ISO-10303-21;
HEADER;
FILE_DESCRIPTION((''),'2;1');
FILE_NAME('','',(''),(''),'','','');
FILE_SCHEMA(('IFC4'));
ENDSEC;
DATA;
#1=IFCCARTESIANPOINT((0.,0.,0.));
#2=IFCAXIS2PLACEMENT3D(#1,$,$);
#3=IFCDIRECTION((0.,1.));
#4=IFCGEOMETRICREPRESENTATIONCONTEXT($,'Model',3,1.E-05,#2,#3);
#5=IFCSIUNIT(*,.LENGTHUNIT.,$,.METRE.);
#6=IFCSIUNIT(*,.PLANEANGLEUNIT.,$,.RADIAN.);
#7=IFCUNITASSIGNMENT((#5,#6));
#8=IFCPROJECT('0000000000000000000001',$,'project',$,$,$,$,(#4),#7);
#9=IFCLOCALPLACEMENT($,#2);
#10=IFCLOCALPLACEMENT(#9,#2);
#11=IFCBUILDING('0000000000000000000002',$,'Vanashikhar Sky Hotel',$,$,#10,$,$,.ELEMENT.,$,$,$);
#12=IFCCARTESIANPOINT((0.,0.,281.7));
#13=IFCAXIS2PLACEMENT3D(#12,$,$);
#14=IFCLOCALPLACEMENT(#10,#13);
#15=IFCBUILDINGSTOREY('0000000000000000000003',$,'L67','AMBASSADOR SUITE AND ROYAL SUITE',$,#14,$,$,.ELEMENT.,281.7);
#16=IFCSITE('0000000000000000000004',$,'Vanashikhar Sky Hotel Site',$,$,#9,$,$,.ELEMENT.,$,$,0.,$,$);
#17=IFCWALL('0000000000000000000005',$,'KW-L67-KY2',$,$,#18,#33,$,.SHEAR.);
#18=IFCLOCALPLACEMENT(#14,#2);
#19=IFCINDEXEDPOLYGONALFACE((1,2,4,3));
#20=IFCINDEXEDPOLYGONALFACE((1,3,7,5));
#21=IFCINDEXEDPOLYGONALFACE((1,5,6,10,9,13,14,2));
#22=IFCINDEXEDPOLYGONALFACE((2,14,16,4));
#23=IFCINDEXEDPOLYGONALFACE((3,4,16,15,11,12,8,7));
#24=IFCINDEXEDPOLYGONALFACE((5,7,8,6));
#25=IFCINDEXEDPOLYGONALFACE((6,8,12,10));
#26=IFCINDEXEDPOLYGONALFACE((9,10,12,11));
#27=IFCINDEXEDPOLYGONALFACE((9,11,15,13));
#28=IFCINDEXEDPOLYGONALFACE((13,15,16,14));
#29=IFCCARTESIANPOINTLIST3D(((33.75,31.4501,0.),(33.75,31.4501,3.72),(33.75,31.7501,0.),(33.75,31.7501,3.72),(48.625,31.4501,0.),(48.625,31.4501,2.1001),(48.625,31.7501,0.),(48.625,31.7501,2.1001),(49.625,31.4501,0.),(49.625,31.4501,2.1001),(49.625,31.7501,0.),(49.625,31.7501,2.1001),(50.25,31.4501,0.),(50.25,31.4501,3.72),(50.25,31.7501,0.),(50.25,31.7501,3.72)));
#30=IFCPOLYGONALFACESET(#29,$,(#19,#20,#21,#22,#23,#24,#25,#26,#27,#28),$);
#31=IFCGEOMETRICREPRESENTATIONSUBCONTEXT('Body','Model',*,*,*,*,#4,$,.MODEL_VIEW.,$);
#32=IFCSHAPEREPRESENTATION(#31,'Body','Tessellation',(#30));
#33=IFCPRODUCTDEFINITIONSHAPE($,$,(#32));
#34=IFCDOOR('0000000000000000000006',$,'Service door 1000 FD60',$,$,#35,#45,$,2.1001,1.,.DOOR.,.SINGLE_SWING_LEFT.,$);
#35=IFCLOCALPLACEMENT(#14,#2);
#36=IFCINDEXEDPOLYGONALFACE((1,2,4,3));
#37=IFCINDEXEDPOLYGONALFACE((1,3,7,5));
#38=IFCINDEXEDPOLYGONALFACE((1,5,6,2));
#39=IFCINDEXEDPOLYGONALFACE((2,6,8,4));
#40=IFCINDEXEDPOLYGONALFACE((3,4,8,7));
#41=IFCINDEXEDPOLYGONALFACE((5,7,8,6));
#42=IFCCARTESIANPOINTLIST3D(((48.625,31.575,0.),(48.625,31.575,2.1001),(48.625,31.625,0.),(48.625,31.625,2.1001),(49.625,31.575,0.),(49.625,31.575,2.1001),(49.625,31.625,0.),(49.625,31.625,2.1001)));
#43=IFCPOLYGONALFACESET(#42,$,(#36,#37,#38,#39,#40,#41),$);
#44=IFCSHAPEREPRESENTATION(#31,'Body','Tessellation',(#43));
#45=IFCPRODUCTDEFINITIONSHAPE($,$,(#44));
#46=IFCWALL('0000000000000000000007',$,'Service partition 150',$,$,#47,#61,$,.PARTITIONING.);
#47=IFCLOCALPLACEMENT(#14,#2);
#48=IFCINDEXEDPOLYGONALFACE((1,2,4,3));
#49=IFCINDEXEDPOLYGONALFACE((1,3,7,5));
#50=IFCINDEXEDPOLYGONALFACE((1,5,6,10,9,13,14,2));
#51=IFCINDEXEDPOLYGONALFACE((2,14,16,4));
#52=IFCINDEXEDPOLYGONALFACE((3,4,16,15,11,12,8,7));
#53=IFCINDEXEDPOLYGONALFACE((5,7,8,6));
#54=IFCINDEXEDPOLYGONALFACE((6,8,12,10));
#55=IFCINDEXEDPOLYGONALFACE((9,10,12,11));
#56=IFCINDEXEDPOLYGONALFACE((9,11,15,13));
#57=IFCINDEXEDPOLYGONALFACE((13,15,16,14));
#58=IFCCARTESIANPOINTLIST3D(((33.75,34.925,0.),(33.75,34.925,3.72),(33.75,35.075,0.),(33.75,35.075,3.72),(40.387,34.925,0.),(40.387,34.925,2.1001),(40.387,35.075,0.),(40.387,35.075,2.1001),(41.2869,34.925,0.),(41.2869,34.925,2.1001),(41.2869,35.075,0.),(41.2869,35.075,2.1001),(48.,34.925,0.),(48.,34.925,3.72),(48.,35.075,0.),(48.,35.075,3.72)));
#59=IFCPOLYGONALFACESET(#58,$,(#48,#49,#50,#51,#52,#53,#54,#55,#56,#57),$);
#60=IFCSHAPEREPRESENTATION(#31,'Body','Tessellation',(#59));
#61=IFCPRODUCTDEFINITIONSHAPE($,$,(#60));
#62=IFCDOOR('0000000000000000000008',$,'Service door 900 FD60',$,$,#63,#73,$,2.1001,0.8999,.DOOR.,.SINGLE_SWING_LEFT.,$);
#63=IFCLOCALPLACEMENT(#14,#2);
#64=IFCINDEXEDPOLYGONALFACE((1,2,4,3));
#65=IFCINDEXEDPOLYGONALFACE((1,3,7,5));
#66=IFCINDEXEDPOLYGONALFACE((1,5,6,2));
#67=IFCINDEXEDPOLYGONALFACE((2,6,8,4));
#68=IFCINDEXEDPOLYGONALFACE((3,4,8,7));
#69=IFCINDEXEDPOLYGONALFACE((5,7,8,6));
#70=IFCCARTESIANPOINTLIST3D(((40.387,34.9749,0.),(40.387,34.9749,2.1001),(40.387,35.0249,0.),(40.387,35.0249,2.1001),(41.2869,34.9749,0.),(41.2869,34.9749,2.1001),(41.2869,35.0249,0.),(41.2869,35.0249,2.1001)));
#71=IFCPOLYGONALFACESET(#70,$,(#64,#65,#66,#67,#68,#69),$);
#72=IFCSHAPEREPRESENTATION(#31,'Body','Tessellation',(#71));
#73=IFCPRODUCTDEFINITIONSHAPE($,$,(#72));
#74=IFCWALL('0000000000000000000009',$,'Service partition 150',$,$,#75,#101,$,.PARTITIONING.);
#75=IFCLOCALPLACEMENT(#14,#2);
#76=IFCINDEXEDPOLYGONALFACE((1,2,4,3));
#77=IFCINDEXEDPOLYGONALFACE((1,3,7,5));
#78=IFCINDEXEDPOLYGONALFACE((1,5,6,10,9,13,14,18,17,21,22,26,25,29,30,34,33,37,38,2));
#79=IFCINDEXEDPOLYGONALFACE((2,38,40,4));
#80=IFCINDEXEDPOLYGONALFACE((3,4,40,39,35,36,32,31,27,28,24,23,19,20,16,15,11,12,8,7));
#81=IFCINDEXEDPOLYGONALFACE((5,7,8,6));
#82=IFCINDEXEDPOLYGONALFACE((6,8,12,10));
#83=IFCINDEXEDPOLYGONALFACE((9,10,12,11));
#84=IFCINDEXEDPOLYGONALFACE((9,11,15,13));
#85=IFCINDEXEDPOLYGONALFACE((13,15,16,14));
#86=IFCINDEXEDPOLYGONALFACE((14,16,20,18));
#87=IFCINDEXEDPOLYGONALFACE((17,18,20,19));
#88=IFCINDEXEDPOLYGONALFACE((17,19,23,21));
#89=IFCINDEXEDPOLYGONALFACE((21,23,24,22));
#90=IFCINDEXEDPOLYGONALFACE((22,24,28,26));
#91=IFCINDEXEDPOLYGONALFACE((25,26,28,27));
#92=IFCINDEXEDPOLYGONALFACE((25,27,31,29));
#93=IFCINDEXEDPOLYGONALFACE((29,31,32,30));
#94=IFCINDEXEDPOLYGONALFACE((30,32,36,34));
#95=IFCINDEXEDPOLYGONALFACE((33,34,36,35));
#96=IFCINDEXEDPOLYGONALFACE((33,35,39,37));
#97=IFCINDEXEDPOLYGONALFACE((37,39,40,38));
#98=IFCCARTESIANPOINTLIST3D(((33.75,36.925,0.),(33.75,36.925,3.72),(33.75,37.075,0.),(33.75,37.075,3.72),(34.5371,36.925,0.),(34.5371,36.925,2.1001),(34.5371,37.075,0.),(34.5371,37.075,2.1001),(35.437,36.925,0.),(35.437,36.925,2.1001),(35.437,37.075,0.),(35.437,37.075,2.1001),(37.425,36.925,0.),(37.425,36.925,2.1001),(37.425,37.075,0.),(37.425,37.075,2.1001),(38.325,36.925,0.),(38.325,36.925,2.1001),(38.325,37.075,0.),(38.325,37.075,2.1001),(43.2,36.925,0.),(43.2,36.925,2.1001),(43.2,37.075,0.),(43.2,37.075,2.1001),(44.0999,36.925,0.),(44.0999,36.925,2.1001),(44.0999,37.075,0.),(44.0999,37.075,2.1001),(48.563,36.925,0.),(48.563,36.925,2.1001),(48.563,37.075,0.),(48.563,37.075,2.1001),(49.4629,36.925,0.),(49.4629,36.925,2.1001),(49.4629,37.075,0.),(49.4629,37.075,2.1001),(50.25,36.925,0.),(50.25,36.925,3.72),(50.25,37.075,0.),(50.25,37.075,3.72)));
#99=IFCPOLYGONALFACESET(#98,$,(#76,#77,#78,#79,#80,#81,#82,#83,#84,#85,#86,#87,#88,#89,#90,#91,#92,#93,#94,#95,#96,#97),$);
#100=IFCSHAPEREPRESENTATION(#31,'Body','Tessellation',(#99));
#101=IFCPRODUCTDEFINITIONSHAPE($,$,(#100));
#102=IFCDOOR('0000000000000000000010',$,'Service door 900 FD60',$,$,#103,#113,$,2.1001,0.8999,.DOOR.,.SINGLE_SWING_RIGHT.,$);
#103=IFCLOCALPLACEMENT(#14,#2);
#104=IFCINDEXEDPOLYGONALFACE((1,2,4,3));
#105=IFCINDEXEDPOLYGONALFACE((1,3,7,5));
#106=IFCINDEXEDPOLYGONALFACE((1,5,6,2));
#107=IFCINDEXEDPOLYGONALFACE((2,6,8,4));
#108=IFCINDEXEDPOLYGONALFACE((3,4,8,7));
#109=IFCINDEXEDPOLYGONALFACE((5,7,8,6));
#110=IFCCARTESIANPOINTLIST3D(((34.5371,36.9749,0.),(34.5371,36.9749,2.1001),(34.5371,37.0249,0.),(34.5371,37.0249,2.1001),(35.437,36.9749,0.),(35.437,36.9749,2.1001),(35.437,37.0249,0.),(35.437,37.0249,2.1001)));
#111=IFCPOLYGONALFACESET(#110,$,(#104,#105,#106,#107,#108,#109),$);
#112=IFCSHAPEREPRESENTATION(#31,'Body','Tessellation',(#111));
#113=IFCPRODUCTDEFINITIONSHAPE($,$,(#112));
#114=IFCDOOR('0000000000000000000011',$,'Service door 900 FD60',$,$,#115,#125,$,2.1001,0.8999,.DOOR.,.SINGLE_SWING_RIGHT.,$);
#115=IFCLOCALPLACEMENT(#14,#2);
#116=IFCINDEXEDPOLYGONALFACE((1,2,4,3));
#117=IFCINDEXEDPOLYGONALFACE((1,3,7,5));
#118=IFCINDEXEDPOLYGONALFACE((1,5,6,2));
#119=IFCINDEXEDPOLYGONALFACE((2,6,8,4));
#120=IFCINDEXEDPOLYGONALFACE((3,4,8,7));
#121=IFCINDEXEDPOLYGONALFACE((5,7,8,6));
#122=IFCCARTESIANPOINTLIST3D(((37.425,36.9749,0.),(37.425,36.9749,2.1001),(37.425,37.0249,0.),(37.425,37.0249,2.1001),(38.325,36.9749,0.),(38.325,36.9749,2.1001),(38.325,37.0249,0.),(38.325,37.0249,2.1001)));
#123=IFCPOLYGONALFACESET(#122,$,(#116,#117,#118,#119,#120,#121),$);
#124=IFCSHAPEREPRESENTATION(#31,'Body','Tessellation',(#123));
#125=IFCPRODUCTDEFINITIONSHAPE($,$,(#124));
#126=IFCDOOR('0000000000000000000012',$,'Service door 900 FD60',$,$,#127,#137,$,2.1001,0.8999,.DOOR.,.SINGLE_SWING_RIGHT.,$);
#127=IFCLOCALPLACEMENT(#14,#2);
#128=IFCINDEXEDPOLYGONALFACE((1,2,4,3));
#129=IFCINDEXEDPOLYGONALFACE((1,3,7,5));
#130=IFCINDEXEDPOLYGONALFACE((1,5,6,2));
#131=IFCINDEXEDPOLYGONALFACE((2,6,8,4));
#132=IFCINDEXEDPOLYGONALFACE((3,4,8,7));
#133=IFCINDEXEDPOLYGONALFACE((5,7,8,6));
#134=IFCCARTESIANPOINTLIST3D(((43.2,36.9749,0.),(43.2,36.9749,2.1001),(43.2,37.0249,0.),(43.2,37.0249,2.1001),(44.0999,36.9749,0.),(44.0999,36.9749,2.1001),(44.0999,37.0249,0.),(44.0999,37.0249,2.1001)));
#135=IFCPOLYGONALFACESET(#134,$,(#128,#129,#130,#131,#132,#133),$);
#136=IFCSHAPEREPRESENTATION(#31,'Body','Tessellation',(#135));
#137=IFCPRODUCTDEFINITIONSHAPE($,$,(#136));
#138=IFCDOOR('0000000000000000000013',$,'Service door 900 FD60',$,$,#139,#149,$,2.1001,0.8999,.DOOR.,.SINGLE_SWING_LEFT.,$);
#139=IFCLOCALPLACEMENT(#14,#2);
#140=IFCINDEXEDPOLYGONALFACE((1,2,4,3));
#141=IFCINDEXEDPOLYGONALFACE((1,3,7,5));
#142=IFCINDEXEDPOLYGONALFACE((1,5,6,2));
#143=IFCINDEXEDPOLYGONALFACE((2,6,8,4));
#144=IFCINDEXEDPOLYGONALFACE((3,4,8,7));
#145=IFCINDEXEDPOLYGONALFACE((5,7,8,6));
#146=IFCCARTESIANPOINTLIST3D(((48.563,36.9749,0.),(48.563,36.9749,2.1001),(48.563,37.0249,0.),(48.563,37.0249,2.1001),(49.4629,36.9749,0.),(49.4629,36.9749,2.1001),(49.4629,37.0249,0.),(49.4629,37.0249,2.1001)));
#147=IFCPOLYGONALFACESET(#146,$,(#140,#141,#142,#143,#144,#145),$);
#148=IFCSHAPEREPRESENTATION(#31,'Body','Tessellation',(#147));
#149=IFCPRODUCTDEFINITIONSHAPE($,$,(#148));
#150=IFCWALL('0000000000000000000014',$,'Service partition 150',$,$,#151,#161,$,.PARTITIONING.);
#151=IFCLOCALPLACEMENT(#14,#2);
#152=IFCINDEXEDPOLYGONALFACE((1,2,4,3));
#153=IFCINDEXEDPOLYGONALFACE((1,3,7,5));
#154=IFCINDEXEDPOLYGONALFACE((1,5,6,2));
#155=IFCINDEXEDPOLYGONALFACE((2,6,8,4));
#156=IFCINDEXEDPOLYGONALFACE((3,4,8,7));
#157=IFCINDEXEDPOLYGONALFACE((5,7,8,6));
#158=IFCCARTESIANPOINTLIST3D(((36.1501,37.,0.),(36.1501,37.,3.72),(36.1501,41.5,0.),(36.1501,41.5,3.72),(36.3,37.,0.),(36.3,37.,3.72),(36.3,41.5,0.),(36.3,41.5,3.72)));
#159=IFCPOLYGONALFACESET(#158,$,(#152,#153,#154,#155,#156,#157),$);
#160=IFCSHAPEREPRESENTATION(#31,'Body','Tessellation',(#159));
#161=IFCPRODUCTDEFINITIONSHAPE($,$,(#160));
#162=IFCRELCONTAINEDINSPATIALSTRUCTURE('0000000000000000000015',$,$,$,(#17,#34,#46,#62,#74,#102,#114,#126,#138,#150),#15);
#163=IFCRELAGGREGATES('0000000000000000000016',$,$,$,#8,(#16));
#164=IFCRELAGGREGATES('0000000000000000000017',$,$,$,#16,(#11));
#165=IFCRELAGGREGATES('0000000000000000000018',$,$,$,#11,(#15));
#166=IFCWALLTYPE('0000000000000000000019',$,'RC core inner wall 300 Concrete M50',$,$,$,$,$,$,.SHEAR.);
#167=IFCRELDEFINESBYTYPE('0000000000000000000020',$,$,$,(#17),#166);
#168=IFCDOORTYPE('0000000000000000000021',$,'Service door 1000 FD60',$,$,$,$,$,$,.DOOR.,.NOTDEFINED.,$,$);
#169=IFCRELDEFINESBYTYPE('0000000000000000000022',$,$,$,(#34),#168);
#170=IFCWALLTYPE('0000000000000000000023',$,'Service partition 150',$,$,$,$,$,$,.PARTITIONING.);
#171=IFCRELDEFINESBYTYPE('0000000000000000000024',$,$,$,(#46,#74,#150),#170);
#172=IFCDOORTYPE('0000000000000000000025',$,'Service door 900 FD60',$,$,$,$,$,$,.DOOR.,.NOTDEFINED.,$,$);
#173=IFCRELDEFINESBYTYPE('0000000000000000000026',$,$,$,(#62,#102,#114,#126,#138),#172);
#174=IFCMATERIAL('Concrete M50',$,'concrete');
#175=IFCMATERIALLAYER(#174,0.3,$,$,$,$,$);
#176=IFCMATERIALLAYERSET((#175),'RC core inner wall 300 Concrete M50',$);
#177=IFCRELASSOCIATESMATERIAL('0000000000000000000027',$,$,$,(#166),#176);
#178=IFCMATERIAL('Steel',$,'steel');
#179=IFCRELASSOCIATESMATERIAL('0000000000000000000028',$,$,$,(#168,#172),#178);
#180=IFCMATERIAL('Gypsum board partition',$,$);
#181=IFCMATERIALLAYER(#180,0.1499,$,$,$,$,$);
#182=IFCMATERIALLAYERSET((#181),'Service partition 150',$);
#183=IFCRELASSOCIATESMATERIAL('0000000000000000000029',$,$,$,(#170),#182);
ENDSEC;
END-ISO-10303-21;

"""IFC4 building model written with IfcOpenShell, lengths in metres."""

from ifc_helpers import new_model, si_unit, direction, frame, frame_2d, origin, place, context, subcontext, project, spatial, rectangle, extrude, source, transform, mapped, material, layer, layer_set, type_object, element, fill, save


model = new_model("IFC4")

# Units and contexts
model_context = context("Model", 3, precision=1e-05, world=origin(), true_north=direction((0.0, 1.0)))
body_context = subcontext(model_context, "Body", "Model", "MODEL_VIEW")
ifc_project = project(units=[si_unit("LENGTHUNIT", "METRE"), si_unit("PLANEANGLEUNIT", "RADIAN")], contexts=[model_context])

# Site, building, storey
site_placement = place(None, origin())
site = spatial("IfcSite", under=ifc_project, at=site_placement, Name="Vanashikhar Sky Hotel Site", CompositionType="ELEMENT", RefElevation=0.0)
building_placement = place(site_placement, origin())
building = spatial("IfcBuilding", under=site, at=building_placement, Name="Vanashikhar Sky Hotel", CompositionType="ELEMENT")
storey_placement = place(building_placement, frame((0.0, 0.0, 281.7)))
storey = spatial("IfcBuildingStorey", under=building, at=storey_placement, Name="L67", Description="AMBASSADOR SUITE AND ROYAL SUITE", CompositionType="ELEMENT", Elevation=281.7)

# Walls, openings, doors
ifc_material_1 = material(Name="Concrete M50", Category="concrete")
ifc_layer_1 = layer(ifc_material_1, 0.3)
ifc_layer_set_1 = layer_set([ifc_layer_1], Name="RC core inner wall 300 Concrete M50")
wall_type_1 = type_object("IfcWallType", Name="RC core inner wall 300 Concrete M50", PredefinedType="SHEAR", material=ifc_layer_set_1)
shared_shape_1 = source(origin(), body_context, "Body", "SweptSolid", [
    extrude(rectangle(XDim=16.5, YDim=0.3, at=frame_2d((8.25, 0.0))), origin(), (0.0, 0.0, 1.0), 3.72),
])
wall_1_placement = place(storey_placement, frame((33.75, 31.6001, 0.0), z_axis=(0.0, 0.0, 1.0), x_axis=(1.0, 0.0, 0.0)))
wall_1 = element("IfcWall", 1, at=wall_1_placement, inside=storey, type_object=wall_type_1, Name="KW-L67-KY2", PredefinedType="SHEAR", context=body_context, shape_type="MappedRepresentation", body=[
    mapped(shared_shape_1, transform((0.0, 0.0, 0.0), scale=1.0)),
])
shared_shape_2 = source(origin(), body_context, "Body", "SweptSolid", [
    extrude(rectangle(XDim=1.0, YDim=2.1001, at=frame_2d((0.5, 1.05))), frame((0.0, 0.1602, 0.0), z_axis=(0.0, -1.0, 0.0), x_axis=(1.0, 0.0, 0.0)), (0.0, 0.0, 1.0), 0.3201),
])
opening_1_placement = place(wall_1_placement, frame((14.875, 0.0, 0.0)))
opening_1 = element("IfcOpeningElement", 2, at=opening_1_placement, cuts=wall_1, PredefinedType="OPENING", context=body_context, shape_type="MappedRepresentation", body=[
    mapped(shared_shape_2, transform((0.0, 0.0, 0.0), scale=1.0)),
])
ifc_material_2 = material(Name="Steel", Category="steel")
door_type_1 = type_object("IfcDoorType", Name="Service door 1000 FD60", OperationType="NOTDEFINED", PredefinedType="DOOR", material=ifc_material_2)
shared_shape_3 = source(origin(), body_context, "Body", "SweptSolid", [
    extrude(rectangle(XDim=1.0, YDim=2.1001, at=frame_2d((0.5, 1.05))), frame((0.0, 0.0249, 0.0), z_axis=(0.0, -1.0, 0.0), x_axis=(1.0, 0.0, 0.0)), (0.0, 0.0, 1.0), 0.05),
])
door_1_placement = place(opening_1_placement, origin())
door_1 = element("IfcDoor", 3, at=door_1_placement, inside=storey, type_object=door_type_1, Name="Service door 1000 FD60", OperationType="SINGLE_SWING_LEFT", OverallHeight=2.1001, OverallWidth=1.0, PredefinedType="DOOR", context=body_context, shape_type="MappedRepresentation", body=[
    mapped(shared_shape_3, transform((0.0, 0.0, 0.0), scale=1.0)),
])
fill(opening_1, door_1)
ifc_material_3 = material(Name="Gypsum board partition")
ifc_layer_2 = layer(ifc_material_3, 0.1499)
ifc_layer_set_2 = layer_set([ifc_layer_2], Name="Service partition 150")
wall_type_2 = type_object("IfcWallType", Name="Service partition 150", PredefinedType="PARTITIONING", material=ifc_layer_set_2)
shared_shape_4 = source(origin(), body_context, "Body", "SweptSolid", [
    extrude(rectangle(XDim=14.25, YDim=0.1499, at=frame_2d((7.125, 0.0))), origin(), (0.0, 0.0, 1.0), 3.72),
])
wall_2_placement = place(storey_placement, frame((33.75, 35.0, 0.0), z_axis=(0.0, 0.0, 1.0), x_axis=(1.0, 0.0, 0.0)))
wall_2 = element("IfcWall", 4, at=wall_2_placement, inside=storey, type_object=wall_type_2, Name="Service partition 150", PredefinedType="PARTITIONING", context=body_context, shape_type="MappedRepresentation", body=[
    mapped(shared_shape_4, transform((0.0, 0.0, 0.0), scale=1.0)),
])
shared_shape_5 = source(origin(), body_context, "Body", "SweptSolid", [
    extrude(rectangle(XDim=0.8999, YDim=2.1001, at=frame_2d((0.45, 1.05))), frame((0.0, 0.085, 0.0), z_axis=(0.0, -1.0, 0.0), x_axis=(1.0, 0.0, 0.0)), (0.0, 0.0, 1.0), 0.1699),
])
opening_2_placement = place(wall_2_placement, frame((6.637, 0.0, 0.0)))
opening_2 = element("IfcOpeningElement", 5, at=opening_2_placement, cuts=wall_2, PredefinedType="OPENING", context=body_context, shape_type="MappedRepresentation", body=[
    mapped(shared_shape_5, transform((0.0, 0.0, 0.0), scale=1.0)),
])
door_type_2 = type_object("IfcDoorType", Name="Service door 900 FD60", OperationType="NOTDEFINED", PredefinedType="DOOR", material=ifc_material_2)
shared_shape_6 = source(origin(), body_context, "Body", "SweptSolid", [
    extrude(rectangle(XDim=0.8999, YDim=2.1001, at=frame_2d((0.45, 1.05))), frame((0.0, 0.0249, 0.0), z_axis=(0.0, -1.0, 0.0), x_axis=(1.0, 0.0, 0.0)), (0.0, 0.0, 1.0), 0.05),
])
door_2_placement = place(opening_2_placement, origin())
door_2 = element("IfcDoor", 6, at=door_2_placement, inside=storey, type_object=door_type_2, Name="Service door 900 FD60", OperationType="SINGLE_SWING_LEFT", OverallHeight=2.1001, OverallWidth=0.8999, PredefinedType="DOOR", context=body_context, shape_type="MappedRepresentation", body=[
    mapped(shared_shape_6, transform((0.0, 0.0, 0.0), scale=1.0)),
])
fill(opening_2, door_2)

# Wall, openings, doors
shared_shape_7 = source(origin(), body_context, "Body", "SweptSolid", [
    extrude(rectangle(XDim=16.5, YDim=0.1499, at=frame_2d((8.25, 0.0))), origin(), (0.0, 0.0, 1.0), 3.72),
])
wall_3_placement = place(storey_placement, frame((33.75, 37.0, 0.0), z_axis=(0.0, 0.0, 1.0), x_axis=(1.0, 0.0, 0.0)))
wall_3 = element("IfcWall", 7, at=wall_3_placement, inside=storey, type_object=wall_type_2, Name="Service partition 150", PredefinedType="PARTITIONING", context=body_context, shape_type="MappedRepresentation", body=[
    mapped(shared_shape_7, transform((0.0, 0.0, 0.0), scale=1.0)),
])
opening_3_placement = place(wall_3_placement, frame((0.7871, 0.0, 0.0)))
opening_3 = element("IfcOpeningElement", 8, at=opening_3_placement, cuts=wall_3, PredefinedType="OPENING", context=body_context, shape_type="MappedRepresentation", body=[
    mapped(shared_shape_5, transform((0.0, 0.0, 0.0), scale=1.0)),
])
opening_4_placement = place(wall_3_placement, frame((3.675, 0.0, 0.0)))
opening_4 = element("IfcOpeningElement", 9, at=opening_4_placement, cuts=wall_3, PredefinedType="OPENING", context=body_context, shape_type="MappedRepresentation", body=[
    mapped(shared_shape_5, transform((0.0, 0.0, 0.0), scale=1.0)),
])
opening_5_placement = place(wall_3_placement, frame((9.45, 0.0, 0.0)))
opening_5 = element("IfcOpeningElement", 10, at=opening_5_placement, cuts=wall_3, PredefinedType="OPENING", context=body_context, shape_type="MappedRepresentation", body=[
    mapped(shared_shape_5, transform((0.0, 0.0, 0.0), scale=1.0)),
])
opening_6_placement = place(wall_3_placement, frame((14.813, 0.0, 0.0)))
opening_6 = element("IfcOpeningElement", 11, at=opening_6_placement, cuts=wall_3, PredefinedType="OPENING", context=body_context, shape_type="MappedRepresentation", body=[
    mapped(shared_shape_5, transform((0.0, 0.0, 0.0), scale=1.0)),
])
door_3_placement = place(opening_3_placement, origin())
door_3 = element("IfcDoor", 12, at=door_3_placement, inside=storey, type_object=door_type_2, Name="Service door 900 FD60", OperationType="SINGLE_SWING_RIGHT", OverallHeight=2.1001, OverallWidth=0.8999, PredefinedType="DOOR", context=body_context, shape_type="MappedRepresentation", body=[
    mapped(shared_shape_6, transform((0.0, 0.0, 0.0), scale=1.0)),
])
fill(opening_3, door_3)
door_4_placement = place(opening_4_placement, origin())
door_4 = element("IfcDoor", 13, at=door_4_placement, inside=storey, type_object=door_type_2, Name="Service door 900 FD60", OperationType="SINGLE_SWING_RIGHT", OverallHeight=2.1001, OverallWidth=0.8999, PredefinedType="DOOR", context=body_context, shape_type="MappedRepresentation", body=[
    mapped(shared_shape_6, transform((0.0, 0.0, 0.0), scale=1.0)),
])
fill(opening_4, door_4)
door_5_placement = place(opening_5_placement, origin())
door_5 = element("IfcDoor", 14, at=door_5_placement, inside=storey, type_object=door_type_2, Name="Service door 900 FD60", OperationType="SINGLE_SWING_RIGHT", OverallHeight=2.1001, OverallWidth=0.8999, PredefinedType="DOOR", context=body_context, shape_type="MappedRepresentation", body=[
    mapped(shared_shape_6, transform((0.0, 0.0, 0.0), scale=1.0)),
])
fill(opening_5, door_5)
door_6_placement = place(opening_6_placement, origin())
door_6 = element("IfcDoor", 15, at=door_6_placement, inside=storey, type_object=door_type_2, Name="Service door 900 FD60", OperationType="SINGLE_SWING_LEFT", OverallHeight=2.1001, OverallWidth=0.8999, PredefinedType="DOOR", context=body_context, shape_type="MappedRepresentation", body=[
    mapped(shared_shape_6, transform((0.0, 0.0, 0.0), scale=1.0)),
])
fill(opening_6, door_6)

# Wall
shared_shape_8 = source(origin(), body_context, "Body", "SweptSolid", [
    extrude(rectangle(XDim=4.5, YDim=0.1499, at=frame_2d((2.25, 0.0))), origin(), (0.0, 0.0, 1.0), 3.72),
])
for number, where, z_axis, x_axis, name in (
    (16, (36.2251, 37.0, 0.0), (0.0, 0.0, 1.0), (0.0, 1.0, 0.0), "Service partition 150"),
):
    element("IfcWall", number, at=place(storey_placement, frame(where, z_axis=z_axis, x_axis=x_axis)), inside=storey, type_object=wall_type_2, Name=name, PredefinedType="PARTITIONING", context=body_context, shape_type="MappedRepresentation", body=[
        mapped(shared_shape_8, transform((0.0, 0.0, 0.0), scale=1.0)),
    ])

save(model, "model.ifc")
